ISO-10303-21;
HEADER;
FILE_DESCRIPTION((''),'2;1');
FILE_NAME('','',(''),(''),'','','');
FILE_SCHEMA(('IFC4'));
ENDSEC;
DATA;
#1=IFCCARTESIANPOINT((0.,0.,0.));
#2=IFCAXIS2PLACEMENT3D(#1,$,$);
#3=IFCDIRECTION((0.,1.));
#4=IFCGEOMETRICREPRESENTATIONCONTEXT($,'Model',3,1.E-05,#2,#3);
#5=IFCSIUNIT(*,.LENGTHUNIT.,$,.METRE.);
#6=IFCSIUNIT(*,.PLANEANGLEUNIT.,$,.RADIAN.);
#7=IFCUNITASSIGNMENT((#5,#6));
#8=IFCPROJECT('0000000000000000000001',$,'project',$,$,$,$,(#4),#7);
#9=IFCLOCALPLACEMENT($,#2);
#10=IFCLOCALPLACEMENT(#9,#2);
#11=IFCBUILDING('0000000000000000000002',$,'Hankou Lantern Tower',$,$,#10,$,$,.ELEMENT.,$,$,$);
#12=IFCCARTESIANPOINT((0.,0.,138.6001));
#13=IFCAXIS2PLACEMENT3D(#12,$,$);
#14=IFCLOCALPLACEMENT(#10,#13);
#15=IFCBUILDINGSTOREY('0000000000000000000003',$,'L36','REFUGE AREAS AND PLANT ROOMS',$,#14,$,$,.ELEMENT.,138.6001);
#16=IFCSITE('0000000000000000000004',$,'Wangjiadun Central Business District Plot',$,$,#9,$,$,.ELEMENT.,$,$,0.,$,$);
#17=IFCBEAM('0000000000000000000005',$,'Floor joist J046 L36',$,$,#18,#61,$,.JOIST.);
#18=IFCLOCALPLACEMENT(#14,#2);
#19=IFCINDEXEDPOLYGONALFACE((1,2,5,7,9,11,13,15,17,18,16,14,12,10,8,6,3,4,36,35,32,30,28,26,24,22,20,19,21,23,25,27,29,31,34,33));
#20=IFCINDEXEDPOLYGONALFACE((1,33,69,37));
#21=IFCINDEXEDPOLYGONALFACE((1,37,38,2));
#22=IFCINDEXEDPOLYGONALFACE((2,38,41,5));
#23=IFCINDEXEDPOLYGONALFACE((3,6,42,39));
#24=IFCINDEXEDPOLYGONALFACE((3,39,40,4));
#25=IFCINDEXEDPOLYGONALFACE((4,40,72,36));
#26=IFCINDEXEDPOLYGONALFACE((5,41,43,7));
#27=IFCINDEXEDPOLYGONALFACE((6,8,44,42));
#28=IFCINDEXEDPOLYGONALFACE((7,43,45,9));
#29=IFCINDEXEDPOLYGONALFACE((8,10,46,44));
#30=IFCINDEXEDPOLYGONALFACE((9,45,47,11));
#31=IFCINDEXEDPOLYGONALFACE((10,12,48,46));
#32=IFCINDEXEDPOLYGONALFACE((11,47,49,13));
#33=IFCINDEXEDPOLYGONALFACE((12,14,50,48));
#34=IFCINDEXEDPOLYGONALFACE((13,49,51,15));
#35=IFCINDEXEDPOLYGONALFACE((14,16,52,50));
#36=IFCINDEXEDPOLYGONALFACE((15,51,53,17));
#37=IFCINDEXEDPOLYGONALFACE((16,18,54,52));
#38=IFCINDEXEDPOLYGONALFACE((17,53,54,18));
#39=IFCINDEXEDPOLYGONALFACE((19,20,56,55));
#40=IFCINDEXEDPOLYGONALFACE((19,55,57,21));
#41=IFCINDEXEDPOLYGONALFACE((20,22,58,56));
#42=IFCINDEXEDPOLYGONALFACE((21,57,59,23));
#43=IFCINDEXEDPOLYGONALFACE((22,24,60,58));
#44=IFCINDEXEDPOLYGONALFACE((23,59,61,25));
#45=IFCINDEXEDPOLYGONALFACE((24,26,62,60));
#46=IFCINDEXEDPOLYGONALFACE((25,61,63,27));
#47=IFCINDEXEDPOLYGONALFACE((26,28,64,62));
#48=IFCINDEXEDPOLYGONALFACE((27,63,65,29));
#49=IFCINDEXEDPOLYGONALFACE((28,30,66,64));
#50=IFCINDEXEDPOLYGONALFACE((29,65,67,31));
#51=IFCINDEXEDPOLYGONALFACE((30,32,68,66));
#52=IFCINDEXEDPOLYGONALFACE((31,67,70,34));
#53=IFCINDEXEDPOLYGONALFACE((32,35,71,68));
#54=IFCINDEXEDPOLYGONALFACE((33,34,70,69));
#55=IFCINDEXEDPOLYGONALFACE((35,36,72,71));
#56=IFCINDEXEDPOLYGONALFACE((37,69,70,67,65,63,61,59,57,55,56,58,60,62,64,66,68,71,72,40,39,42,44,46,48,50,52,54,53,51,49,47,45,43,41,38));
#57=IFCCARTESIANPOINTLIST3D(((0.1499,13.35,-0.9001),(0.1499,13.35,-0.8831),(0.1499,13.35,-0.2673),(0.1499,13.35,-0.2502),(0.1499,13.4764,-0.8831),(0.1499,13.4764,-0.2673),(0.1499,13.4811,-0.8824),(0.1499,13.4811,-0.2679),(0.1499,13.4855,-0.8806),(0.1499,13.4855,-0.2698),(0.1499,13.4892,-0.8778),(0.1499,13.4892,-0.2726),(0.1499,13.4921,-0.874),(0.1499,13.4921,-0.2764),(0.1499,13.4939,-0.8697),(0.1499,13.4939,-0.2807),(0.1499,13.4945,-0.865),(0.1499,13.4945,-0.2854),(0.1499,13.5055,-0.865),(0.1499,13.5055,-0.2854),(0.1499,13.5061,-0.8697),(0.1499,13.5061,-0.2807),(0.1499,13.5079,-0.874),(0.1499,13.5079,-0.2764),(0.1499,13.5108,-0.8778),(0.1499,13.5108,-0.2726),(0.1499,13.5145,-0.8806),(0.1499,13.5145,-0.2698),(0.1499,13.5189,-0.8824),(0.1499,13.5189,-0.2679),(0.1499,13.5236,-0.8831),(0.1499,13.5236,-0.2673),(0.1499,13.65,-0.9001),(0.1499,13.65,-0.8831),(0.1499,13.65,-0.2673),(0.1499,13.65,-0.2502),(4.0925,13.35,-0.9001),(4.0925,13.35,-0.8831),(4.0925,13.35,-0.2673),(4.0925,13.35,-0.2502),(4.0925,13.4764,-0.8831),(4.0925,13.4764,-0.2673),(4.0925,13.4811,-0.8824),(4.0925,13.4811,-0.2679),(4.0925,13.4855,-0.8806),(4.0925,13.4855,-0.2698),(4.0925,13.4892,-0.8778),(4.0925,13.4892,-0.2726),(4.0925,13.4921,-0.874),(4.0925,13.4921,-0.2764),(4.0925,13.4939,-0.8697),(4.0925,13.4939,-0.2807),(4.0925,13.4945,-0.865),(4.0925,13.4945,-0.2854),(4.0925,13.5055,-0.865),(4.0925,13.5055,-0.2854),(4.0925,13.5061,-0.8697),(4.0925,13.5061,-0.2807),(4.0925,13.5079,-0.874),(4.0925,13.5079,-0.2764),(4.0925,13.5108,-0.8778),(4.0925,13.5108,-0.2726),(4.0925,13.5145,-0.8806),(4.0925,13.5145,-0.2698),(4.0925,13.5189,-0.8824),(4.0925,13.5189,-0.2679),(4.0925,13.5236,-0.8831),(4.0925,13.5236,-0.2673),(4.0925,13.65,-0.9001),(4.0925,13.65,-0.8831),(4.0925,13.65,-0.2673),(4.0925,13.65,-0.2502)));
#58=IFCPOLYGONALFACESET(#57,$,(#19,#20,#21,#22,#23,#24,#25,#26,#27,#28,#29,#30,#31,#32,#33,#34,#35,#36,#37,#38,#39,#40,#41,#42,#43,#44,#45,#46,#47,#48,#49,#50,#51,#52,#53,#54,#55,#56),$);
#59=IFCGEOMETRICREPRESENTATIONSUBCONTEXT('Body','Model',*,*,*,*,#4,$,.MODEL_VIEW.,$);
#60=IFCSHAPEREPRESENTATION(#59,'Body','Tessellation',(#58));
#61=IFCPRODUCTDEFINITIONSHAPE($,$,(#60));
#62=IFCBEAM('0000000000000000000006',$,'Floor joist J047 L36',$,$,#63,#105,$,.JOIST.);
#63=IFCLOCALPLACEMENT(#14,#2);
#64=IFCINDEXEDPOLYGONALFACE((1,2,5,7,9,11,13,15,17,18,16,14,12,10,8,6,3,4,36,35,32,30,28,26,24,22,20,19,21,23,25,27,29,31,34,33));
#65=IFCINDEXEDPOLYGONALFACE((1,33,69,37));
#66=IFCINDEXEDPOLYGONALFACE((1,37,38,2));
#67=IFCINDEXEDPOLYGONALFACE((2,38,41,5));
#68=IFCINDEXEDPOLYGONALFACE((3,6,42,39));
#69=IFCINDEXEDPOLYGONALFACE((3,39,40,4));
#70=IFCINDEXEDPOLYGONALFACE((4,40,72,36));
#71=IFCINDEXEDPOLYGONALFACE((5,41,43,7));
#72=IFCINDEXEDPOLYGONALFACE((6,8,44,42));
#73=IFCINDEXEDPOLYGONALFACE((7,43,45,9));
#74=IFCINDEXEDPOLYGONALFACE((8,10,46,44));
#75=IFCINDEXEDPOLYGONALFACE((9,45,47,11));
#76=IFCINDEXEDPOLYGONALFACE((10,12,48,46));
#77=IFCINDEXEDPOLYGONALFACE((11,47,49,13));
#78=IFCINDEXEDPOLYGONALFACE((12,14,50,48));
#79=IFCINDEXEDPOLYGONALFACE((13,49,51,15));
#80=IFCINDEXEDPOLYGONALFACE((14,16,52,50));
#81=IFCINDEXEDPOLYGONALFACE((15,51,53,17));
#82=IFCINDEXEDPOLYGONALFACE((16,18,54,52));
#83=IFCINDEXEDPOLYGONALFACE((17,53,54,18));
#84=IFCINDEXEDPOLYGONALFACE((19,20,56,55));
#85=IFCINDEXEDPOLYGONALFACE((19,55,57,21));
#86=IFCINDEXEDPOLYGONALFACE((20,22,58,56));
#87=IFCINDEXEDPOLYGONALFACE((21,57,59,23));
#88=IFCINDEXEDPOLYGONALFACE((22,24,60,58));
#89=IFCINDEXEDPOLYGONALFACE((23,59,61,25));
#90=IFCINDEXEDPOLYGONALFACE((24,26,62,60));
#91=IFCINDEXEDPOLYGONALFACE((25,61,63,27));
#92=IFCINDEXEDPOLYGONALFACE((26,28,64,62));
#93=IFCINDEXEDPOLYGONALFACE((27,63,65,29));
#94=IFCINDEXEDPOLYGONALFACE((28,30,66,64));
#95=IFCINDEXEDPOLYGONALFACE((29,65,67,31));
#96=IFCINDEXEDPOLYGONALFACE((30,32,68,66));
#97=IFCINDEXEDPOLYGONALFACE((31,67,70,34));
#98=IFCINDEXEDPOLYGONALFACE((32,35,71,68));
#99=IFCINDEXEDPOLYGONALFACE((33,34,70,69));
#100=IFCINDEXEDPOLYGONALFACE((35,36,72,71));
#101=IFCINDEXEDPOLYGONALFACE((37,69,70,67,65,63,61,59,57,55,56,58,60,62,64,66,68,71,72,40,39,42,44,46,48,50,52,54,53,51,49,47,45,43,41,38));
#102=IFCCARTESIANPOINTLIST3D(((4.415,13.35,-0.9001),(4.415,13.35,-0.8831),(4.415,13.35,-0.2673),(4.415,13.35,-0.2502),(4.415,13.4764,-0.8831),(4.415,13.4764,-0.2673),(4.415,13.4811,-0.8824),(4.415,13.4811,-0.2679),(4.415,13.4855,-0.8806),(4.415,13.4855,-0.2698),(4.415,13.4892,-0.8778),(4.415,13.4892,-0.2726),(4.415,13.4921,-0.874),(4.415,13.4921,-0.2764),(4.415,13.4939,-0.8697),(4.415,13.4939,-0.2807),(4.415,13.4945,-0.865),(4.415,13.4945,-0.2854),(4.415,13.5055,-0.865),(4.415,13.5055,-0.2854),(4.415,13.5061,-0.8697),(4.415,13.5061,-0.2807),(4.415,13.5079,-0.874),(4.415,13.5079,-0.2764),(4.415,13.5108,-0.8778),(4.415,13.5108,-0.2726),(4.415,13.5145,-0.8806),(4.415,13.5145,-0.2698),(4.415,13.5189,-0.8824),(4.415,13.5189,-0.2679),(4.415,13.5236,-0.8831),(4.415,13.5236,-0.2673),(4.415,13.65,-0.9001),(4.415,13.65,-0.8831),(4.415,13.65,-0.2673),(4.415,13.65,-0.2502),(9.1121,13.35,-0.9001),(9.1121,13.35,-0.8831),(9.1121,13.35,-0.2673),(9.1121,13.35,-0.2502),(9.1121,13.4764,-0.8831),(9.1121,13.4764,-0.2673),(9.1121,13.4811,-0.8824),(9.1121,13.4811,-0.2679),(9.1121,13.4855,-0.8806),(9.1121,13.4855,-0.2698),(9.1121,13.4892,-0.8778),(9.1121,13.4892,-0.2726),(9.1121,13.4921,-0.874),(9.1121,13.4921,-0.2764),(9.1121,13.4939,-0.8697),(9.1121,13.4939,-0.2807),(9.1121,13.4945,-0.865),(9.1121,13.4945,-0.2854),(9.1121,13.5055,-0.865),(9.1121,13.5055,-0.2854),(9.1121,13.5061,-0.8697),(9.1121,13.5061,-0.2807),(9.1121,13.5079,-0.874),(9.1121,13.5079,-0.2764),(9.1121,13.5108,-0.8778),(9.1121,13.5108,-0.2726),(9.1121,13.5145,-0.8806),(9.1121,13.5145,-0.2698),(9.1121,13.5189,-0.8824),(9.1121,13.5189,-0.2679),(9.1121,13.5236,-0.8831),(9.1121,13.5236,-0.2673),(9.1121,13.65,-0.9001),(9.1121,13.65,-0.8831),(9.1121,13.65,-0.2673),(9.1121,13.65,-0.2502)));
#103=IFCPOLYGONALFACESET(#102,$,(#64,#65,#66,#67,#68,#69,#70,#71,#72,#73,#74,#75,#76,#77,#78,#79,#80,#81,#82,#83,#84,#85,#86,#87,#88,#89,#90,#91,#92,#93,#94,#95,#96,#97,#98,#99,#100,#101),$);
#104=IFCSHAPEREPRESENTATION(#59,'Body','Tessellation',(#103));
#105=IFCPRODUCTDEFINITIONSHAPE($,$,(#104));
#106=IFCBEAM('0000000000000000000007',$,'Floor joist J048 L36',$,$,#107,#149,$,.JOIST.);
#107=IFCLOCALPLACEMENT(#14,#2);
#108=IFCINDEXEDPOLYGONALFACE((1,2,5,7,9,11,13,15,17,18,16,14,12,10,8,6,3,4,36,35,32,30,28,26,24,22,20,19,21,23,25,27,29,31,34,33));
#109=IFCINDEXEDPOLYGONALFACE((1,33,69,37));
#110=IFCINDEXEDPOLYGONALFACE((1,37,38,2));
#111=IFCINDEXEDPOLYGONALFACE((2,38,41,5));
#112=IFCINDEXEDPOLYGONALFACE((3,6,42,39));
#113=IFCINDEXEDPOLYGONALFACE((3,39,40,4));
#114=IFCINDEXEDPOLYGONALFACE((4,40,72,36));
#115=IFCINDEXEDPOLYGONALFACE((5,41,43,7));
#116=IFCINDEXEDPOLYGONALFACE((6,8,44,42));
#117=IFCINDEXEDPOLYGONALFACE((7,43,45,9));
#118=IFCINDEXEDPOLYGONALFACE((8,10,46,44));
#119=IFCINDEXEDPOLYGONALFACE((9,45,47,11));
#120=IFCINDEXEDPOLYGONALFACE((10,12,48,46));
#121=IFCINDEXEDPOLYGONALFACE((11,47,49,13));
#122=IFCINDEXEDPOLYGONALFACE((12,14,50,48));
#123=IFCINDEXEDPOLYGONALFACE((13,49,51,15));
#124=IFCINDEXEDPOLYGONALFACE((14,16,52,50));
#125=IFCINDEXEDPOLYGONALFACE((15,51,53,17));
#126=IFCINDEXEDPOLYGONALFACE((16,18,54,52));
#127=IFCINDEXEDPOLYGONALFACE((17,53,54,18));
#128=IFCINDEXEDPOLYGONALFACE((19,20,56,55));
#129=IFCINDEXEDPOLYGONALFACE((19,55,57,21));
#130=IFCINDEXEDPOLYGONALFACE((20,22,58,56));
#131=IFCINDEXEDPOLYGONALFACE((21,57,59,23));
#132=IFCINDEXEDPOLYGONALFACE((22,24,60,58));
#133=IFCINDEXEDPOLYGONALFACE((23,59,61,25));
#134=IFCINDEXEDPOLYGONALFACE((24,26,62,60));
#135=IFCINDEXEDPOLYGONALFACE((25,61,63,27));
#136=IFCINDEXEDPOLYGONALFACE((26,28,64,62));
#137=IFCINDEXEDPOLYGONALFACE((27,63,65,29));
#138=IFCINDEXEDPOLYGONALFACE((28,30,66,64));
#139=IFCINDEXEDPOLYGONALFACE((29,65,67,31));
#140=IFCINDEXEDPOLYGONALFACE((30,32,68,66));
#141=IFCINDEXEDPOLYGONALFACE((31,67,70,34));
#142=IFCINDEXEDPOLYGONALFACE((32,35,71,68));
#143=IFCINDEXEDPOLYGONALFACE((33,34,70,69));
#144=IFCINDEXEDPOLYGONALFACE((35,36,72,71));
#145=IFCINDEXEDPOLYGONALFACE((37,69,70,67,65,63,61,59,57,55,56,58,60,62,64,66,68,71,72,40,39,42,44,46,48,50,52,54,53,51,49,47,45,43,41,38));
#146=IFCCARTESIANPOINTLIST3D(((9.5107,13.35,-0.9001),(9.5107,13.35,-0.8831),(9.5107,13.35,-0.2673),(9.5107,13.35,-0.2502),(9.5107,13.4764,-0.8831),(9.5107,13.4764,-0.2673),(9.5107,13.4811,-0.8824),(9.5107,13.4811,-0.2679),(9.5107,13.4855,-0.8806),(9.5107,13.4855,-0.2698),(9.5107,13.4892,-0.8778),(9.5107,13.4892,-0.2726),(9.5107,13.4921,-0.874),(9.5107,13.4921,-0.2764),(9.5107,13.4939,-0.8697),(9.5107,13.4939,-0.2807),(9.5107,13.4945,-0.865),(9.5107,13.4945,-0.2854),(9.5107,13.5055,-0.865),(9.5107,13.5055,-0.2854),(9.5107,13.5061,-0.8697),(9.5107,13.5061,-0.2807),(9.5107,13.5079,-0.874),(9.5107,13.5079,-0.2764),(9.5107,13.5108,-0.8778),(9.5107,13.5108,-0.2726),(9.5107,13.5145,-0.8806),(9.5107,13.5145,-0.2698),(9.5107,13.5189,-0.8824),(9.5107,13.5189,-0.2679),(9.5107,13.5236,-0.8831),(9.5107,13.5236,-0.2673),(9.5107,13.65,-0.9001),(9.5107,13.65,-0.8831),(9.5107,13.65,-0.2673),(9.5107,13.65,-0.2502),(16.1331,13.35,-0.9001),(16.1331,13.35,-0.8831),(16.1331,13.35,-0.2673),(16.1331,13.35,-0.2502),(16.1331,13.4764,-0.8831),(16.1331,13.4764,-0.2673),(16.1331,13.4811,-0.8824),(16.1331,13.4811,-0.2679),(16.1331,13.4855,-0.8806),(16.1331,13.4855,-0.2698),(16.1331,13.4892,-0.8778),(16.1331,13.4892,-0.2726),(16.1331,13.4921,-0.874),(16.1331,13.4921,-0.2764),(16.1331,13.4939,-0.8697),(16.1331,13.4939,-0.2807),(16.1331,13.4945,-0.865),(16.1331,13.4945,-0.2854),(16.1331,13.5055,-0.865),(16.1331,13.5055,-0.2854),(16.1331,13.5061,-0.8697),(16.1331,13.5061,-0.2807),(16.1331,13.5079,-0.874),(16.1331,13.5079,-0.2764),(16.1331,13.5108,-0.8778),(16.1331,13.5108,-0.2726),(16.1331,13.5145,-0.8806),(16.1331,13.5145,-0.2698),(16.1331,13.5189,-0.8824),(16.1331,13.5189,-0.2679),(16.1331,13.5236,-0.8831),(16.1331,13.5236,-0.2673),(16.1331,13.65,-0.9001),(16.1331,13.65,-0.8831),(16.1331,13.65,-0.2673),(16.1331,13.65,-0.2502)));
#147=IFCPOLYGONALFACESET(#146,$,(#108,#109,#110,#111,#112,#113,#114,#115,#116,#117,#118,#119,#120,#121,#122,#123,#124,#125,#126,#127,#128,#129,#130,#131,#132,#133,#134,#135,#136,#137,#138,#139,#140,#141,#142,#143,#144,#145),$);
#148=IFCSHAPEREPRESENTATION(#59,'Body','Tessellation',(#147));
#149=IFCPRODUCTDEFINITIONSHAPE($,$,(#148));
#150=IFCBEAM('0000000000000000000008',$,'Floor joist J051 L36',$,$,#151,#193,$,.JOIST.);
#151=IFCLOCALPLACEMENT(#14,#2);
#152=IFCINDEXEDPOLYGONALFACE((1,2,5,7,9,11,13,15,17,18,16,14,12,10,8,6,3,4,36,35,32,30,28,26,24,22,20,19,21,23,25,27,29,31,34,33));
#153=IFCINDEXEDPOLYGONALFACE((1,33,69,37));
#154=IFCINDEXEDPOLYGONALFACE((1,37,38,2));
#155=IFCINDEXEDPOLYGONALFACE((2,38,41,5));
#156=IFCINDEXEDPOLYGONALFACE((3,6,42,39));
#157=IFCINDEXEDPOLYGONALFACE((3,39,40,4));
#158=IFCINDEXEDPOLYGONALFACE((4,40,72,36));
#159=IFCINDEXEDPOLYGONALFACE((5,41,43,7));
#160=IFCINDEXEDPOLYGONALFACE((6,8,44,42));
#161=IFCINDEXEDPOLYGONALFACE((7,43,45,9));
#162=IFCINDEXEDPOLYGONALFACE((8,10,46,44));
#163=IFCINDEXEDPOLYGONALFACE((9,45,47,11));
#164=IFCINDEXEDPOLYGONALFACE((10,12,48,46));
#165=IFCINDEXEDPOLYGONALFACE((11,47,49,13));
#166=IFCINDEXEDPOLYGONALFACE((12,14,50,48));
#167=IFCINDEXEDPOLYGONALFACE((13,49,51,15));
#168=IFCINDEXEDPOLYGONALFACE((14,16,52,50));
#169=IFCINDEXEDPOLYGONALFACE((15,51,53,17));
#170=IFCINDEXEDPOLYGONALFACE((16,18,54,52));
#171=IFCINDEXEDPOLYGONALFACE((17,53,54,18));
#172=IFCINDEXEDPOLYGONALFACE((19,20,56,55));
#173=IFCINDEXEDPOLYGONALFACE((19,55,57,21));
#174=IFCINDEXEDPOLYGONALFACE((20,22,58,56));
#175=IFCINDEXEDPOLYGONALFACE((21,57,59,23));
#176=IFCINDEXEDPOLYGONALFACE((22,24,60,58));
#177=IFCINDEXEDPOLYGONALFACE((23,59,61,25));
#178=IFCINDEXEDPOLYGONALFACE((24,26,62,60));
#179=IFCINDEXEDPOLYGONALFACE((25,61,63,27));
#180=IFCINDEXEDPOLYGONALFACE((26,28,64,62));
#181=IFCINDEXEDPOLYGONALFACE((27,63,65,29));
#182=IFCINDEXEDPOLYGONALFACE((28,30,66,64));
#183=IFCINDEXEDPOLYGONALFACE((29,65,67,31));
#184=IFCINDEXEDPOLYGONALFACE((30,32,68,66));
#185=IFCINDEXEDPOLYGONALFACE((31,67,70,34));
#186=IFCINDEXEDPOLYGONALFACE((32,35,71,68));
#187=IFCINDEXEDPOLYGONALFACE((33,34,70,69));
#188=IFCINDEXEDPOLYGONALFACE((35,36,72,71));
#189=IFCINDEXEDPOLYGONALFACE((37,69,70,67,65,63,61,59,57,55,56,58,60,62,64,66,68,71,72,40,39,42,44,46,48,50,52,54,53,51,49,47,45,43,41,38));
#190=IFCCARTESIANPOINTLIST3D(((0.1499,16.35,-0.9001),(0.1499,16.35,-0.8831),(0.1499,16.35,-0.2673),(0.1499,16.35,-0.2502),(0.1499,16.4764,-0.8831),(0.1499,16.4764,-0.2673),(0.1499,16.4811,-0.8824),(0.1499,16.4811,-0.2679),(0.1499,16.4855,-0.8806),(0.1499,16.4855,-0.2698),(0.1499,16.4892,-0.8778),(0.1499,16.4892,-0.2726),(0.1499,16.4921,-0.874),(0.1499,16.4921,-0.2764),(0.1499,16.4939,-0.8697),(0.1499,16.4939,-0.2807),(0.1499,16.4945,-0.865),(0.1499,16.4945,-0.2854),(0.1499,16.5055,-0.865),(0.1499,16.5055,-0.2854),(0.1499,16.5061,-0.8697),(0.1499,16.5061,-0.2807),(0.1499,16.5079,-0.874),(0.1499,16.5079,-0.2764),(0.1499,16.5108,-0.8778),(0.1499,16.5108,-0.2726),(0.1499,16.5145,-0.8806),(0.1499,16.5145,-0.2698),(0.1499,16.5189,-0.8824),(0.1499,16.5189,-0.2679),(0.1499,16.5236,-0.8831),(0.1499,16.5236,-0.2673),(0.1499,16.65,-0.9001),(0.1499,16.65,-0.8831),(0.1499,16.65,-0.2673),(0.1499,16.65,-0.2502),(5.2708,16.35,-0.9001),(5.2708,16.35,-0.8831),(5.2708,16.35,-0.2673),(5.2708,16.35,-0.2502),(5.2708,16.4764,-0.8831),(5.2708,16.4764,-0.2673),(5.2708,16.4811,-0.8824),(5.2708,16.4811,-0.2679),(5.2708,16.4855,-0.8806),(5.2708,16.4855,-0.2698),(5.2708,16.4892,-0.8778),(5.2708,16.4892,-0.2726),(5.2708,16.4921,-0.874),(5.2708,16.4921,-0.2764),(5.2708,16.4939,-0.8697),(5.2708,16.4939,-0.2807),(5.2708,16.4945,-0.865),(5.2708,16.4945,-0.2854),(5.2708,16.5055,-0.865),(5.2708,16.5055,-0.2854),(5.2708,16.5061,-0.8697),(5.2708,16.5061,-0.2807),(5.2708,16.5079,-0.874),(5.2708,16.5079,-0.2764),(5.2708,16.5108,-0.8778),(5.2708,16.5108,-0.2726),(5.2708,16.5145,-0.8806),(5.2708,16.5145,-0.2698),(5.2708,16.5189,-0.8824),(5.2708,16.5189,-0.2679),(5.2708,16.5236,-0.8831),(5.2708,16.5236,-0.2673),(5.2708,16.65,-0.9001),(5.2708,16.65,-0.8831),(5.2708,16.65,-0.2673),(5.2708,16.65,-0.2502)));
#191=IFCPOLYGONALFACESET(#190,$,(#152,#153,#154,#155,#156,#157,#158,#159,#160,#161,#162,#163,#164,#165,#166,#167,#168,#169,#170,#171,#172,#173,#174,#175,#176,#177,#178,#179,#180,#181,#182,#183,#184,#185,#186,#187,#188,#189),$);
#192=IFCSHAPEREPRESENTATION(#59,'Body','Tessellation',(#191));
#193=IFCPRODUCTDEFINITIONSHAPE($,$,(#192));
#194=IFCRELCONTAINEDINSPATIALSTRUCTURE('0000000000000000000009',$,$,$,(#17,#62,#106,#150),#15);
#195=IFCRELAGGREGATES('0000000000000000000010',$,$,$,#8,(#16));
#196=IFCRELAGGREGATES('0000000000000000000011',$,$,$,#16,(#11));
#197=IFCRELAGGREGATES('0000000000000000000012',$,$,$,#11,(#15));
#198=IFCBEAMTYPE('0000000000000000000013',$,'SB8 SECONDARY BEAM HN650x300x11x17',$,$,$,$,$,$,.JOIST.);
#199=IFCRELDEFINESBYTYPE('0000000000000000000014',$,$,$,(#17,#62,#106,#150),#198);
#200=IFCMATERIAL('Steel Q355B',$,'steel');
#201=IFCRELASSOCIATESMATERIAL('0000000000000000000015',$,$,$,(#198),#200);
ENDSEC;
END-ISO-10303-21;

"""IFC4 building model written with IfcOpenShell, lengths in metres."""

from ifc_helpers import new_model, si_unit, direction, frame, origin, origin_2d, place, context, subcontext, project, spatial, i_section, extrude, material, material_profile, profile_set, type_object, element, save


model = new_model("IFC4")

# Units and contexts
model_context = context("Model", 3, precision=1e-05, world=origin(), true_north=direction((0.0, 1.0)))
body_context = subcontext(model_context, "Body", "Model", "MODEL_VIEW")
ifc_project = project(units=[si_unit("LENGTHUNIT", "METRE"), si_unit("PLANEANGLEUNIT", "RADIAN")], contexts=[model_context])

# Site, building, storey
site_placement = place(None, origin())
site = spatial("IfcSite", under=ifc_project, at=site_placement, Name="Wangjiadun Central Business District Plot", CompositionType="ELEMENT", RefElevation=0.0)
building_placement = place(site_placement, origin())
building = spatial("IfcBuilding", under=site, at=building_placement, Name="Hankou Lantern Tower", CompositionType="ELEMENT")
storey_placement = place(building_placement, frame((0.0, 0.0, 138.6001)))
storey = spatial("IfcBuildingStorey", under=building, at=storey_placement, Name="L36", Description="REFUGE AREAS AND PLANT ROOMS", CompositionType="ELEMENT", Elevation=138.6001)

# Beams
ifc_material_1 = material(Name="Steel Q355B", Category="steel")
ifc_material_profile_1 = material_profile(ifc_material_1, i_section(OverallWidth=0.3, OverallDepth=0.6499, WebThickness=0.011, FlangeThickness=0.0171, FilletRadius=0.0181, at=origin_2d()), Name="HN650x300x11x17")
ifc_profile_set_1 = profile_set([ifc_material_profile_1], Name="Steel Q355B")
beam_type_1 = type_object("IfcBeamType", Name="SB8 SECONDARY BEAM HN650x300x11x17", PredefinedType="JOIST", material=ifc_profile_set_1)
beam_1_placement = place(storey_placement, frame((0.1499, 13.5, -0.5752), z_axis=(1.0, 0.0, 0.0), x_axis=(0.0, 1.0, 0.0)))
element("IfcBeam", 1, at=beam_1_placement, inside=storey, type_object=beam_type_1, Name="Floor joist J046 L36", PredefinedType="JOIST", context=body_context, shape_type="SweptSolid", body=[
    extrude(i_section(OverallWidth=0.3, OverallDepth=0.6499, WebThickness=0.011, FlangeThickness=0.0171, FilletRadius=0.0181, at=origin_2d()), origin(), (0.0, 0.0, 1.0), 3.9426),
])
beam_2_placement = place(storey_placement, frame((4.415, 13.5, -0.5752), z_axis=(1.0, 0.0, 0.0), x_axis=(0.0, 1.0, 0.0)))
element("IfcBeam", 2, at=beam_2_placement, inside=storey, type_object=beam_type_1, Name="Floor joist J047 L36", PredefinedType="JOIST", context=body_context, shape_type="SweptSolid", body=[
    extrude(i_section(OverallWidth=0.3, OverallDepth=0.6499, WebThickness=0.011, FlangeThickness=0.0171, FilletRadius=0.0181, at=origin_2d()), origin(), (0.0, 0.0, 1.0), 4.697),
])
beam_3_placement = place(storey_placement, frame((9.5107, 13.5, -0.5752), z_axis=(1.0, 0.0, 0.0), x_axis=(0.0, 1.0, 0.0)))
element("IfcBeam", 3, at=beam_3_placement, inside=storey, type_object=beam_type_1, Name="Floor joist J048 L36", PredefinedType="JOIST", context=body_context, shape_type="SweptSolid", body=[
    extrude(i_section(OverallWidth=0.3, OverallDepth=0.6499, WebThickness=0.011, FlangeThickness=0.0171, FilletRadius=0.0181, at=origin_2d()), origin(), (0.0, 0.0, 1.0), 6.6223),
])
beam_4_placement = place(storey_placement, frame((0.1499, 16.5, -0.5752), z_axis=(1.0, 0.0, 0.0), x_axis=(0.0, 1.0, 0.0)))
element("IfcBeam", 4, at=beam_4_placement, inside=storey, type_object=beam_type_1, Name="Floor joist J051 L36", PredefinedType="JOIST", context=body_context, shape_type="SweptSolid", body=[
    extrude(i_section(OverallWidth=0.3, OverallDepth=0.6499, WebThickness=0.011, FlangeThickness=0.0171, FilletRadius=0.0181, at=origin_2d()), origin(), (0.0, 0.0, 1.0), 5.1208),
])

save(model, "model.ifc")
